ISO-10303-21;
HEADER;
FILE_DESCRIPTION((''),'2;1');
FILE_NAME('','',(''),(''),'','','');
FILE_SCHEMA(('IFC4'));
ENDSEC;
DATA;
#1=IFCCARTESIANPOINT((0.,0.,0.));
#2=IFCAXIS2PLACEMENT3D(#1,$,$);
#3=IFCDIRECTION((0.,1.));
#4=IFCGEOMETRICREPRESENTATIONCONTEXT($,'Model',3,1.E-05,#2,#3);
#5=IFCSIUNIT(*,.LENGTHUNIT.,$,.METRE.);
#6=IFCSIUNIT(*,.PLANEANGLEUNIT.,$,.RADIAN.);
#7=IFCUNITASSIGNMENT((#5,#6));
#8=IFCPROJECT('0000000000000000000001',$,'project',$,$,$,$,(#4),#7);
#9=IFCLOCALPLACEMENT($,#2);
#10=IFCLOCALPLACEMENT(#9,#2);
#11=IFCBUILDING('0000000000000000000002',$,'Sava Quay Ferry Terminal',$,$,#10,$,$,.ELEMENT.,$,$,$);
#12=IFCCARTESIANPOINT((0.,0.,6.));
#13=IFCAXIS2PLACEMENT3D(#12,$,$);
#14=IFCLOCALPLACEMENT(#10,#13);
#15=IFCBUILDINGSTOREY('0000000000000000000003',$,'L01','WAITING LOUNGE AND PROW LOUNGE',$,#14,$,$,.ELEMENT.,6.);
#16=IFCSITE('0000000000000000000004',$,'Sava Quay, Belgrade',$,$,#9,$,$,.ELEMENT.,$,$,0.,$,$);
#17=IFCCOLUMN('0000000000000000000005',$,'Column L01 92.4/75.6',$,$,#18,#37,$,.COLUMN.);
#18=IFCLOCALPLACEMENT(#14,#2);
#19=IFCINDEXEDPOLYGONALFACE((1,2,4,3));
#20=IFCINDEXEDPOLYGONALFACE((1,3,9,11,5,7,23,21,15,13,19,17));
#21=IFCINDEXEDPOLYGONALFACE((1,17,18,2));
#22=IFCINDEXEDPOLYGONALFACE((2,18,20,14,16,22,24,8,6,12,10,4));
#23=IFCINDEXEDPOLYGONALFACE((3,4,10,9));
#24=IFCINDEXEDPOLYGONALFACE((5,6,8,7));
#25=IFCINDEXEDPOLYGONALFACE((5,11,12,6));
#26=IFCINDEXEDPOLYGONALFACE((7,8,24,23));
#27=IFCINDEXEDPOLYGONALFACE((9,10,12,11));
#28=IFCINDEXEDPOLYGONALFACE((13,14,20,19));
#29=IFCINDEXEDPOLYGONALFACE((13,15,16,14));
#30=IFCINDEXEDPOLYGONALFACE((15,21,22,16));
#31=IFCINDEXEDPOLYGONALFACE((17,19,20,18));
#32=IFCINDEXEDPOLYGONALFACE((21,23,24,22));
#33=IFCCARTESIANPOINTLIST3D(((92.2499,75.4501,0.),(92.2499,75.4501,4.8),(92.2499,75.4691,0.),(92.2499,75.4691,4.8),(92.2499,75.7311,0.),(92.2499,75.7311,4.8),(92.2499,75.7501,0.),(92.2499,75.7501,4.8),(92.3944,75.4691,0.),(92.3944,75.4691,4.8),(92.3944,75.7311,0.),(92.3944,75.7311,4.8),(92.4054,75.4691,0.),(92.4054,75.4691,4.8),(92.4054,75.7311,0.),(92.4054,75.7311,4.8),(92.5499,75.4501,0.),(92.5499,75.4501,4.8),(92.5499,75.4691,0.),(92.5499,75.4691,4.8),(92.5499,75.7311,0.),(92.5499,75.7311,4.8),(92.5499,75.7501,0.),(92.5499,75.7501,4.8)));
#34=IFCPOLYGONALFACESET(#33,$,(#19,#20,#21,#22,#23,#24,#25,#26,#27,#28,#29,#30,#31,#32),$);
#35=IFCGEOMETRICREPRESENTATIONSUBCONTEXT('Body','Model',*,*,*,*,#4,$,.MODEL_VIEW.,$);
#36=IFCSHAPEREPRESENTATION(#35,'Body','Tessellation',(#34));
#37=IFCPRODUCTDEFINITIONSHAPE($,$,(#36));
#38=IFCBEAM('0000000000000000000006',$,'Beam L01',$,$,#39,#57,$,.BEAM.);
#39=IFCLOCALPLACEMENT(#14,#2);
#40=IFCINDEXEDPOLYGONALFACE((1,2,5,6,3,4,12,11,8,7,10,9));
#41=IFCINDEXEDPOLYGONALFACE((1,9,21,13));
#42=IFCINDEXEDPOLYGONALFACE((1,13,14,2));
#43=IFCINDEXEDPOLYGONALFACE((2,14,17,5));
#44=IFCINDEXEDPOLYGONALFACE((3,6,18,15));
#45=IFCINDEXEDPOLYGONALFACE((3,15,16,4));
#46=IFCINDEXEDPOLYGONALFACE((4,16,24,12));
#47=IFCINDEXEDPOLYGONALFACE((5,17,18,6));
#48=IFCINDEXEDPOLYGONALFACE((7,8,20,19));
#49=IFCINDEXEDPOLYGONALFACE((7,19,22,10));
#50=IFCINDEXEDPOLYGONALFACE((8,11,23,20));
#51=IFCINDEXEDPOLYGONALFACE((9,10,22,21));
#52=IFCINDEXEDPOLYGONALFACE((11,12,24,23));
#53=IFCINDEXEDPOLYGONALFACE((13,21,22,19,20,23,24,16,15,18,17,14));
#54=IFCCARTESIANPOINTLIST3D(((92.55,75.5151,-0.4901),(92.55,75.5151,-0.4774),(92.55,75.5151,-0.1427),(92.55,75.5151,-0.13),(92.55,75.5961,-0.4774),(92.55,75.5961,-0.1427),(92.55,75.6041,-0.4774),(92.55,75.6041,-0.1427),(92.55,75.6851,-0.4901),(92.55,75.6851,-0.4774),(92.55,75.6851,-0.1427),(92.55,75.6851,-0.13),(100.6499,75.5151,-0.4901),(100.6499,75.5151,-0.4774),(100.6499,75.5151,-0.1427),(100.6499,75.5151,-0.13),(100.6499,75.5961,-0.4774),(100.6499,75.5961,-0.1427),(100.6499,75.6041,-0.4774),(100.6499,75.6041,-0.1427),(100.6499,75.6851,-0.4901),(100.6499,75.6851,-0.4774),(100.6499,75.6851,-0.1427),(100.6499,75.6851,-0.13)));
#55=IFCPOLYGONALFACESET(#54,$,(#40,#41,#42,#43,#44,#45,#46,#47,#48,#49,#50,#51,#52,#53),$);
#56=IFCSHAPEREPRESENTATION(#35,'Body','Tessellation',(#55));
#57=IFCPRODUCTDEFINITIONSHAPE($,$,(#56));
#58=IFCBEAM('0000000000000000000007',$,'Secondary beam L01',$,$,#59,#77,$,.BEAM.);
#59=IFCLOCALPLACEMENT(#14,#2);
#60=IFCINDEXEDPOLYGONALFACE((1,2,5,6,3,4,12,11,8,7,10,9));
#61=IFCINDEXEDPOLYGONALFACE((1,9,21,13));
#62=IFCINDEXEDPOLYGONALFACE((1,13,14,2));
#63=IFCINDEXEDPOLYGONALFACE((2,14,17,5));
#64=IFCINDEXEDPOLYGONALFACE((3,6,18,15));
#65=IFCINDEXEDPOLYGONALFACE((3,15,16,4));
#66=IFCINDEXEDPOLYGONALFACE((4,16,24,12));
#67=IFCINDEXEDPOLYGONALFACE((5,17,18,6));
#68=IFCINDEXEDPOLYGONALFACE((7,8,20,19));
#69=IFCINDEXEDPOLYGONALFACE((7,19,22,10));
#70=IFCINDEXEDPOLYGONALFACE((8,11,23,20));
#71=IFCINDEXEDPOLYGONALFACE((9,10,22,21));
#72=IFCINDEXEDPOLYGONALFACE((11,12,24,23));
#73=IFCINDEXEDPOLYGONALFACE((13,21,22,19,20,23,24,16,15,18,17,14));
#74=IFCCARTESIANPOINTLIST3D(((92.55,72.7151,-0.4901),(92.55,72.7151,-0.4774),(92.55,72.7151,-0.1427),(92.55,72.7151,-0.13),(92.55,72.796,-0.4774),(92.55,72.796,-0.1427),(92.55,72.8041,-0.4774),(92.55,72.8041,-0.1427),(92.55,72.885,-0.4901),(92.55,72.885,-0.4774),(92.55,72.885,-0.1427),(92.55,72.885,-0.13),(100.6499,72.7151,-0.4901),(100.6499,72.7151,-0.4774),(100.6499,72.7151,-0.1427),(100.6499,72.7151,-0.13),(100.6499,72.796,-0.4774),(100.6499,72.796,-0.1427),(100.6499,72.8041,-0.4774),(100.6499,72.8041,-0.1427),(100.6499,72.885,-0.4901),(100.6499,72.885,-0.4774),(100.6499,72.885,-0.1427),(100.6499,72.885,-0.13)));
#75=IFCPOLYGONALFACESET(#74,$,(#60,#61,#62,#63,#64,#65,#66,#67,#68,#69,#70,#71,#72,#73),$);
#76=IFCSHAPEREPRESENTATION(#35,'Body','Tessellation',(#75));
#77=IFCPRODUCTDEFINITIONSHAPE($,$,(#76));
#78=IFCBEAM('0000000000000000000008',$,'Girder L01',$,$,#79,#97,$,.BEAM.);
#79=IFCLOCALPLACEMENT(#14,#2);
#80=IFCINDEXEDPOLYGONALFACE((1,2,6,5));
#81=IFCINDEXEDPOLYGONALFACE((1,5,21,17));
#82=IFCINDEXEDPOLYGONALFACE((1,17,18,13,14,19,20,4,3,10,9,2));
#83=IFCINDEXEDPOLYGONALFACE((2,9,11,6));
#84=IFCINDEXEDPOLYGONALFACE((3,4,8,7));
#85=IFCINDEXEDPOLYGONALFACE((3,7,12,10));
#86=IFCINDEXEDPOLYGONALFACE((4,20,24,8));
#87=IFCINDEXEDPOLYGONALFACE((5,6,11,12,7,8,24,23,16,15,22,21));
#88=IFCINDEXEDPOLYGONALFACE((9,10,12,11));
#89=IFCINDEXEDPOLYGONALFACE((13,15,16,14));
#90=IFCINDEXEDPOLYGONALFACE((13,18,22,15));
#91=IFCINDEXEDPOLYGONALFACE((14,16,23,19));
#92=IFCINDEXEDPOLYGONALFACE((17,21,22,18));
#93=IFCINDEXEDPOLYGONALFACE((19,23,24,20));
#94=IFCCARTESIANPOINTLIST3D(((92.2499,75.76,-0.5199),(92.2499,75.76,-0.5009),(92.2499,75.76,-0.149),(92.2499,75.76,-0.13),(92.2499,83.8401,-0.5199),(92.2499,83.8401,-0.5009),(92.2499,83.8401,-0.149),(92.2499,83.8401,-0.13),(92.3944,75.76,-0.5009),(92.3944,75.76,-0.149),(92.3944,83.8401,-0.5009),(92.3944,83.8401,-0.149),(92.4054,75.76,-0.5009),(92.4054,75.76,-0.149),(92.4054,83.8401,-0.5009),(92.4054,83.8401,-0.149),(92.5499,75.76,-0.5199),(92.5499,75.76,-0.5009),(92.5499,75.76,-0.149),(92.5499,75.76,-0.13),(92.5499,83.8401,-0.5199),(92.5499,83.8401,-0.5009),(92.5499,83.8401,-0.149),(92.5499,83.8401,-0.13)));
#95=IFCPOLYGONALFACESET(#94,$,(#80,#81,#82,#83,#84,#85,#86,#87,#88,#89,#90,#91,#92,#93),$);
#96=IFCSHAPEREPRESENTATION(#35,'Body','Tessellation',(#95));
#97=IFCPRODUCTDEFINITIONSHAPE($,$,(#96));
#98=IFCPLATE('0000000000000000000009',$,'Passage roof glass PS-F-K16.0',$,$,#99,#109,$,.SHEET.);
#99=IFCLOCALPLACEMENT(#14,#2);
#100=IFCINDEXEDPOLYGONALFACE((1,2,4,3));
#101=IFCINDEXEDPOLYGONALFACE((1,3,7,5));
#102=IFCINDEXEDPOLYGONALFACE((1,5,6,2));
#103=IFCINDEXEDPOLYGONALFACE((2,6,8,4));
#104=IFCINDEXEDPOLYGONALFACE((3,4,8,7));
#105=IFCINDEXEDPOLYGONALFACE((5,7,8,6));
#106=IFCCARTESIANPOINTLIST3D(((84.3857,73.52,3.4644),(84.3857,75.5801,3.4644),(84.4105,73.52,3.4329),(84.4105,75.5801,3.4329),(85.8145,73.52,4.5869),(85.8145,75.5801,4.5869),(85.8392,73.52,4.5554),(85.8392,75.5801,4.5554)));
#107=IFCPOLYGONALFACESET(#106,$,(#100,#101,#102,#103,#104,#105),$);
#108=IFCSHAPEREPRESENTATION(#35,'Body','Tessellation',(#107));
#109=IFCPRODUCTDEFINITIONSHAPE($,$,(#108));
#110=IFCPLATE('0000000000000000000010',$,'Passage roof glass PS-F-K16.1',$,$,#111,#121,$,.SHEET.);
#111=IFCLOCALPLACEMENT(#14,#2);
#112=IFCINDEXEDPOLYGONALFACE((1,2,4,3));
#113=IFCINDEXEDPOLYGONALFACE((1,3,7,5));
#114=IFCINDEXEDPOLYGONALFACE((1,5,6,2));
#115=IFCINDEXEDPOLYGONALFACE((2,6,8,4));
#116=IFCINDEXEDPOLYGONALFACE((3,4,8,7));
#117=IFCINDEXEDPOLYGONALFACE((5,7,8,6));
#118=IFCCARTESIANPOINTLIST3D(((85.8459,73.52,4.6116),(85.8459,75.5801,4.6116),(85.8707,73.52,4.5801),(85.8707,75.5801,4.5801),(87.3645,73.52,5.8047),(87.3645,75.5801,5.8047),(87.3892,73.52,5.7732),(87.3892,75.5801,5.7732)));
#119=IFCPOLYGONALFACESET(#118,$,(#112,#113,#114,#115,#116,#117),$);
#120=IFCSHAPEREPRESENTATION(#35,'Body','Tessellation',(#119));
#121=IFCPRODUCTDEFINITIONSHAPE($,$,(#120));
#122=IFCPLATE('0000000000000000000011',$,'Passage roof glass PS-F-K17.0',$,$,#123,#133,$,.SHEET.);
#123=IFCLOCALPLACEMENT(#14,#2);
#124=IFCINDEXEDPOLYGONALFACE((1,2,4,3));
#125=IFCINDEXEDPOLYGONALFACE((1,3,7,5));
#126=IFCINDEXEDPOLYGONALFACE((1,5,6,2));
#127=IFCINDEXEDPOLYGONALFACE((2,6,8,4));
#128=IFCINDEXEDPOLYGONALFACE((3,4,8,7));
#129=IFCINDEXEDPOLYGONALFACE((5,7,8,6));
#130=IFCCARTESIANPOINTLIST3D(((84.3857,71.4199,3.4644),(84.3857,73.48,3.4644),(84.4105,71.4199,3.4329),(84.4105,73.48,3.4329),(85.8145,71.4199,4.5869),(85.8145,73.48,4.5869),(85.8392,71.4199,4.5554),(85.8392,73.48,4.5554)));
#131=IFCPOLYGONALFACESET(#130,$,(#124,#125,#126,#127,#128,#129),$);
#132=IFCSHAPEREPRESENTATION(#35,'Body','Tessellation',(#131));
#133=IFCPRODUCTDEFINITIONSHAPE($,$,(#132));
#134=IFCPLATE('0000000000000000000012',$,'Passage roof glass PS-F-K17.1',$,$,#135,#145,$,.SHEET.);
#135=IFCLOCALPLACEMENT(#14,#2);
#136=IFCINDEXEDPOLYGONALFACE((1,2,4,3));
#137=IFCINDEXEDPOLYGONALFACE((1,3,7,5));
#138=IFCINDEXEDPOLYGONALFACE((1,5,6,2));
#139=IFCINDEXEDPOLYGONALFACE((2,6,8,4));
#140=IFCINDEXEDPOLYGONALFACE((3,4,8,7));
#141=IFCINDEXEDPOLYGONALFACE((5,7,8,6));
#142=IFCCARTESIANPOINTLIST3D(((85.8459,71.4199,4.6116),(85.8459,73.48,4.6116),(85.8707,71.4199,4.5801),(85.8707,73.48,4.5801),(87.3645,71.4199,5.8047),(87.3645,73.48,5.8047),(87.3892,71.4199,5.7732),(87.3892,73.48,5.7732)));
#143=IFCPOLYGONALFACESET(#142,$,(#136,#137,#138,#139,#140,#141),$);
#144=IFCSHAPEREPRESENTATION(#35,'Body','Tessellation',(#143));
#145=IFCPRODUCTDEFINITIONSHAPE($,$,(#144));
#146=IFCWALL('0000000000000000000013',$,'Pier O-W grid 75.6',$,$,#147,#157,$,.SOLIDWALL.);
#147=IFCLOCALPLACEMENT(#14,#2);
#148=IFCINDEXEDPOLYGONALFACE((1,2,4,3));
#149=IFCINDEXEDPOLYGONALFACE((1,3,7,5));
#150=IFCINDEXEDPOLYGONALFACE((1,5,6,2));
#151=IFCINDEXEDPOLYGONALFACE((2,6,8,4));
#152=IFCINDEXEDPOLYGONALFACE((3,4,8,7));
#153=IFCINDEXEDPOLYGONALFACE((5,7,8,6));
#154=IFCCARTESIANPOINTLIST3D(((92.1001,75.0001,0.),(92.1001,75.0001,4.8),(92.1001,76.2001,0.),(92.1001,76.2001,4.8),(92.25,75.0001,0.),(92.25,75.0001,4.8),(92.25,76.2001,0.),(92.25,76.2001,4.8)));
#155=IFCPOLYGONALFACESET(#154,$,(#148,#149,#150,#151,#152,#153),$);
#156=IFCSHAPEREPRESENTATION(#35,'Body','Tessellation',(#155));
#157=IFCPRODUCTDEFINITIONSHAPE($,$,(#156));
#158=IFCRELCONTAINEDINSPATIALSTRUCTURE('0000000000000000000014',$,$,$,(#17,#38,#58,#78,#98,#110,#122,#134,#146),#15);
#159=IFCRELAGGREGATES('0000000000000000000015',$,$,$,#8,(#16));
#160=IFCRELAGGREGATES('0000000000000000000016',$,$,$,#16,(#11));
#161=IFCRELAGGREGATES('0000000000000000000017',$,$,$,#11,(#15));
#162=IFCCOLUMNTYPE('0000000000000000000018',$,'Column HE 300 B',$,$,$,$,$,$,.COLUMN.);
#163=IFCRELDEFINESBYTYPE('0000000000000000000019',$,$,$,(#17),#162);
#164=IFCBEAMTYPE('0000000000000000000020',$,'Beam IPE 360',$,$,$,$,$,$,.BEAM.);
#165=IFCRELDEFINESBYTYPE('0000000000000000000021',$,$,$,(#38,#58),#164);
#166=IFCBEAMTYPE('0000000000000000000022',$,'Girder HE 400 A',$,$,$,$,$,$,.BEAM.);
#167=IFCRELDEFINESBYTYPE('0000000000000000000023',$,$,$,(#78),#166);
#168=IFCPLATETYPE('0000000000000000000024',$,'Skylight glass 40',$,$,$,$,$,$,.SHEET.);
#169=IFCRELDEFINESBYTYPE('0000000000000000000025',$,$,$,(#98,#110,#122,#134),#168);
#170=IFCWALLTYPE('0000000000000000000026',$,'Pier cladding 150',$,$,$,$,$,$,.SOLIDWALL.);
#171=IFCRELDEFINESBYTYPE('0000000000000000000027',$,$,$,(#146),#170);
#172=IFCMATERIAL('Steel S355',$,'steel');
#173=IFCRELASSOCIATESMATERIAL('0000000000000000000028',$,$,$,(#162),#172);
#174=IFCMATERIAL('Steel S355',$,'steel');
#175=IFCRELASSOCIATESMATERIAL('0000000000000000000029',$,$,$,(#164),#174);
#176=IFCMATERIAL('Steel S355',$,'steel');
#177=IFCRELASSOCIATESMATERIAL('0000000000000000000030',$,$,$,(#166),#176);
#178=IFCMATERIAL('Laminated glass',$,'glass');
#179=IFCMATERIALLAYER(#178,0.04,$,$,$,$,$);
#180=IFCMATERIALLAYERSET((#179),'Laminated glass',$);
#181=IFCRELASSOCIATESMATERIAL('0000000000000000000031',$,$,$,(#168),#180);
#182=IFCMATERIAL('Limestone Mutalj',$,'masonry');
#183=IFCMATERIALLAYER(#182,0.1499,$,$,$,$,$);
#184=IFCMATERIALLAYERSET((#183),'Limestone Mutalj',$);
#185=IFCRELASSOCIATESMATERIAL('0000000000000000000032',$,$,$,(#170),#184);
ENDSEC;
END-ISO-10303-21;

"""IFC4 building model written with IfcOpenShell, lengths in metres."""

from ifc_helpers import new_model, si_unit, direction, frame, frame_2d, origin, origin_2d, place, context, subcontext, project, spatial, polyline, rectangle, i_section, outline, extrude, material, layer, layer_set, material_profile, profile_set, type_object, element, save


model = new_model("IFC4")

# Units and contexts
model_context = context("Model", 3, precision=1e-05, world=origin(), true_north=direction((0.0, 1.0)))
body_context = subcontext(model_context, "Body", "Model", "MODEL_VIEW")
ifc_project = project(units=[si_unit("LENGTHUNIT", "METRE"), si_unit("PLANEANGLEUNIT", "RADIAN")], contexts=[model_context])

# Site, building, storey
site_placement = place(None, origin())
site = spatial("IfcSite", under=ifc_project, at=site_placement, Name="Sava Quay, Belgrade", CompositionType="ELEMENT", RefElevation=0.0)
building_placement = place(site_placement, origin())
building = spatial("IfcBuilding", under=site, at=building_placement, Name="Sava Quay Ferry Terminal", CompositionType="ELEMENT")
storey_placement = place(building_placement, frame((0.0, 0.0, 6.0)))
storey = spatial("IfcBuildingStorey", under=building, at=storey_placement, Name="L01", Description="WAITING LOUNGE AND PROW LOUNGE", CompositionType="ELEMENT", Elevation=6.0)

# Column
ifc_material_1 = material(Name="Steel S355", Category="steel")
ifc_material_profile_1 = material_profile(ifc_material_1, i_section(OverallWidth=0.3, OverallDepth=0.3, WebThickness=0.011, FlangeThickness=0.019, at=origin_2d()), Name="HE 300 B")
ifc_profile_set_1 = profile_set([ifc_material_profile_1], Name="Steel S355")
column_type = type_object("IfcColumnType", Name="Column HE 300 B", PredefinedType="COLUMN", material=ifc_profile_set_1)
column_placement = place(storey_placement, frame((92.3999, 75.6001, 0.0), z_axis=(0.0, 0.0, 1.0), x_axis=(1.0, 0.0, 0.0)))
element("IfcColumn", 1, at=column_placement, inside=storey, type_object=column_type, Name="Column L01 92.4/75.6", PredefinedType="COLUMN", context=body_context, shape_type="SweptSolid", body=[
    extrude(i_section(OverallWidth=0.3, OverallDepth=0.3, WebThickness=0.011, FlangeThickness=0.019, at=origin_2d()), origin(), (0.0, 0.0, 1.0), 4.8),
])

# Beams
ifc_material_2 = material(Name="Steel S355", Category="steel")
ifc_material_profile_2 = material_profile(ifc_material_2, i_section(OverallWidth=0.1699, OverallDepth=0.3601, WebThickness=0.0081, FlangeThickness=0.0127, at=origin_2d()), Name="IPE 360")
ifc_profile_set_2 = profile_set([ifc_material_profile_2], Name="Steel S355")
beam_type_1 = type_object("IfcBeamType", Name="Beam IPE 360", PredefinedType="BEAM", material=ifc_profile_set_2)
for number, where, z_axis, x_axis, name in (
    (2, (92.55, 75.6001, -0.3101), (1.0, 0.0, 0.0), (0.0, 1.0, 0.0), "Beam L01"),
    (3, (92.55, 72.8, -0.3101), (1.0, 0.0, 0.0), (0.0, 1.0, 0.0), "Secondary beam L01"),
):
    element("IfcBeam", number, at=place(storey_placement, frame(where, z_axis=z_axis, x_axis=x_axis)), inside=storey, type_object=beam_type_1, Name=name, PredefinedType="BEAM", context=body_context, shape_type="SweptSolid", body=[
        extrude(i_section(OverallWidth=0.1699, OverallDepth=0.3601, WebThickness=0.0081, FlangeThickness=0.0127, at=origin_2d()), origin(), (0.0, 0.0, 1.0), 8.0999),
    ])
ifc_material_3 = material(Name="Steel S355", Category="steel")
ifc_material_profile_3 = material_profile(ifc_material_3, i_section(OverallWidth=0.3, OverallDepth=0.3899, WebThickness=0.011, FlangeThickness=0.019, at=origin_2d()), Name="HE 400 A")
ifc_profile_set_3 = profile_set([ifc_material_profile_3], Name="Steel S355")
beam_type_2 = type_object("IfcBeamType", Name="Girder HE 400 A", PredefinedType="BEAM", material=ifc_profile_set_3)
beam_placement = place(storey_placement, frame((92.3999, 75.76, -0.325), z_axis=(0.0, 1.0, 0.0), x_axis=(-1.0, 0.0, 0.0)))
element("IfcBeam", 4, at=beam_placement, inside=storey, type_object=beam_type_2, Name="Girder L01", PredefinedType="BEAM", context=body_context, shape_type="SweptSolid", body=[
    extrude(i_section(OverallWidth=0.3, OverallDepth=0.3899, WebThickness=0.011, FlangeThickness=0.019, at=origin_2d()), origin(), (0.0, 0.0, 1.0), 8.0801),
])

# Plates
ifc_material_4 = material(Name="Laminated glass", Category="glass")
ifc_layer_1 = layer(ifc_material_4, 0.04)
ifc_layer_set_1 = layer_set([ifc_layer_1], Name="Laminated glass")
plate_type = type_object("IfcPlateType", Name="Skylight glass 40", PredefinedType="SHEET", material=ifc_layer_set_1)
plate_1_placement = place(storey_placement, frame((85.8145, 75.5801, 4.5869), z_axis=(-0.617822, 0.0, 0.786318), x_axis=(0.0, -1.0, 0.0)))
element("IfcPlate", 5, at=plate_1_placement, inside=storey, type_object=plate_type, Name="Passage roof glass PS-F-K16.0", PredefinedType="SHEET", context=body_context, shape_type="SweptSolid", body=[
    extrude(outline(polyline([(0.0, 0.0), (2.0601, 0.0), (2.0601, -1.817), (0.0, -1.817), (0.0, 0.0)])), origin(), (0.0, 0.0, -1.0), 0.04),
])
plate_2_placement = place(storey_placement, frame((85.8459, 75.5801, 4.6116), z_axis=(-0.61781, 0.0, 0.786327), x_axis=(0.786327, 0.0, 0.61781)))
element("IfcPlate", 6, at=plate_2_placement, inside=storey, type_object=plate_type, Name="Passage roof glass PS-F-K16.1", PredefinedType="SHEET", context=body_context, shape_type="SweptSolid", body=[
    extrude(outline(polyline([(0.0, 0.0), (1.9312, 0.0), (1.9312, -2.0601), (0.0, -2.0601), (0.0, 0.0)])), origin(), (0.0, 0.0, -1.0), 0.04),
])
plate_3_placement = place(storey_placement, frame((85.8145, 73.48, 4.5869), z_axis=(-0.617822, 0.0, 0.786318), x_axis=(0.0, -1.0, 0.0)))
element("IfcPlate", 7, at=plate_3_placement, inside=storey, type_object=plate_type, Name="Passage roof glass PS-F-K17.0", PredefinedType="SHEET", context=body_context, shape_type="SweptSolid", body=[
    extrude(outline(polyline([(0.0, 0.0), (2.0601, 0.0), (2.0601, -1.817), (0.0, -1.817), (0.0, 0.0)])), origin(), (0.0, 0.0, -1.0), 0.04),
])
plate_4_placement = place(storey_placement, frame((85.8459, 73.48, 4.6116), z_axis=(-0.61781, 0.0, 0.786327), x_axis=(0.786327, 0.0, 0.61781)))
element("IfcPlate", 8, at=plate_4_placement, inside=storey, type_object=plate_type, Name="Passage roof glass PS-F-K17.1", PredefinedType="SHEET", context=body_context, shape_type="SweptSolid", body=[
    extrude(outline(polyline([(0.0, 0.0), (1.9312, 0.0), (1.9312, -2.0601), (0.0, -2.0601), (0.0, 0.0)])), origin(), (0.0, 0.0, -1.0), 0.04),
])

# Wall
ifc_material_5 = material(Name="Limestone Mutalj", Category="masonry")
ifc_layer_2 = layer(ifc_material_5, 0.1499)
ifc_layer_set_2 = layer_set([ifc_layer_2], Name="Limestone Mutalj")
wall_type_1 = type_object("IfcWallType", Name="Pier cladding 150", PredefinedType="SOLIDWALL", material=ifc_layer_set_2)
wall_1_placement = place(storey_placement, frame((92.175, 75.0, 0.0), z_axis=(0.0, 0.0, 1.0), x_axis=(0.0, 1.0, 0.0)))
element("IfcWall", 9, at=wall_1_placement, inside=storey, type_object=wall_type_1, Name="Pier O-W grid 75.6", PredefinedType="SOLIDWALL", context=body_context, shape_type="SweptSolid", body=[
    extrude(rectangle(XDim=1.2, YDim=0.1499, at=frame_2d((0.6001, 0.0))), origin(), (0.0, 0.0, 1.0), 4.8),
])

save(model, "model.ifc")
